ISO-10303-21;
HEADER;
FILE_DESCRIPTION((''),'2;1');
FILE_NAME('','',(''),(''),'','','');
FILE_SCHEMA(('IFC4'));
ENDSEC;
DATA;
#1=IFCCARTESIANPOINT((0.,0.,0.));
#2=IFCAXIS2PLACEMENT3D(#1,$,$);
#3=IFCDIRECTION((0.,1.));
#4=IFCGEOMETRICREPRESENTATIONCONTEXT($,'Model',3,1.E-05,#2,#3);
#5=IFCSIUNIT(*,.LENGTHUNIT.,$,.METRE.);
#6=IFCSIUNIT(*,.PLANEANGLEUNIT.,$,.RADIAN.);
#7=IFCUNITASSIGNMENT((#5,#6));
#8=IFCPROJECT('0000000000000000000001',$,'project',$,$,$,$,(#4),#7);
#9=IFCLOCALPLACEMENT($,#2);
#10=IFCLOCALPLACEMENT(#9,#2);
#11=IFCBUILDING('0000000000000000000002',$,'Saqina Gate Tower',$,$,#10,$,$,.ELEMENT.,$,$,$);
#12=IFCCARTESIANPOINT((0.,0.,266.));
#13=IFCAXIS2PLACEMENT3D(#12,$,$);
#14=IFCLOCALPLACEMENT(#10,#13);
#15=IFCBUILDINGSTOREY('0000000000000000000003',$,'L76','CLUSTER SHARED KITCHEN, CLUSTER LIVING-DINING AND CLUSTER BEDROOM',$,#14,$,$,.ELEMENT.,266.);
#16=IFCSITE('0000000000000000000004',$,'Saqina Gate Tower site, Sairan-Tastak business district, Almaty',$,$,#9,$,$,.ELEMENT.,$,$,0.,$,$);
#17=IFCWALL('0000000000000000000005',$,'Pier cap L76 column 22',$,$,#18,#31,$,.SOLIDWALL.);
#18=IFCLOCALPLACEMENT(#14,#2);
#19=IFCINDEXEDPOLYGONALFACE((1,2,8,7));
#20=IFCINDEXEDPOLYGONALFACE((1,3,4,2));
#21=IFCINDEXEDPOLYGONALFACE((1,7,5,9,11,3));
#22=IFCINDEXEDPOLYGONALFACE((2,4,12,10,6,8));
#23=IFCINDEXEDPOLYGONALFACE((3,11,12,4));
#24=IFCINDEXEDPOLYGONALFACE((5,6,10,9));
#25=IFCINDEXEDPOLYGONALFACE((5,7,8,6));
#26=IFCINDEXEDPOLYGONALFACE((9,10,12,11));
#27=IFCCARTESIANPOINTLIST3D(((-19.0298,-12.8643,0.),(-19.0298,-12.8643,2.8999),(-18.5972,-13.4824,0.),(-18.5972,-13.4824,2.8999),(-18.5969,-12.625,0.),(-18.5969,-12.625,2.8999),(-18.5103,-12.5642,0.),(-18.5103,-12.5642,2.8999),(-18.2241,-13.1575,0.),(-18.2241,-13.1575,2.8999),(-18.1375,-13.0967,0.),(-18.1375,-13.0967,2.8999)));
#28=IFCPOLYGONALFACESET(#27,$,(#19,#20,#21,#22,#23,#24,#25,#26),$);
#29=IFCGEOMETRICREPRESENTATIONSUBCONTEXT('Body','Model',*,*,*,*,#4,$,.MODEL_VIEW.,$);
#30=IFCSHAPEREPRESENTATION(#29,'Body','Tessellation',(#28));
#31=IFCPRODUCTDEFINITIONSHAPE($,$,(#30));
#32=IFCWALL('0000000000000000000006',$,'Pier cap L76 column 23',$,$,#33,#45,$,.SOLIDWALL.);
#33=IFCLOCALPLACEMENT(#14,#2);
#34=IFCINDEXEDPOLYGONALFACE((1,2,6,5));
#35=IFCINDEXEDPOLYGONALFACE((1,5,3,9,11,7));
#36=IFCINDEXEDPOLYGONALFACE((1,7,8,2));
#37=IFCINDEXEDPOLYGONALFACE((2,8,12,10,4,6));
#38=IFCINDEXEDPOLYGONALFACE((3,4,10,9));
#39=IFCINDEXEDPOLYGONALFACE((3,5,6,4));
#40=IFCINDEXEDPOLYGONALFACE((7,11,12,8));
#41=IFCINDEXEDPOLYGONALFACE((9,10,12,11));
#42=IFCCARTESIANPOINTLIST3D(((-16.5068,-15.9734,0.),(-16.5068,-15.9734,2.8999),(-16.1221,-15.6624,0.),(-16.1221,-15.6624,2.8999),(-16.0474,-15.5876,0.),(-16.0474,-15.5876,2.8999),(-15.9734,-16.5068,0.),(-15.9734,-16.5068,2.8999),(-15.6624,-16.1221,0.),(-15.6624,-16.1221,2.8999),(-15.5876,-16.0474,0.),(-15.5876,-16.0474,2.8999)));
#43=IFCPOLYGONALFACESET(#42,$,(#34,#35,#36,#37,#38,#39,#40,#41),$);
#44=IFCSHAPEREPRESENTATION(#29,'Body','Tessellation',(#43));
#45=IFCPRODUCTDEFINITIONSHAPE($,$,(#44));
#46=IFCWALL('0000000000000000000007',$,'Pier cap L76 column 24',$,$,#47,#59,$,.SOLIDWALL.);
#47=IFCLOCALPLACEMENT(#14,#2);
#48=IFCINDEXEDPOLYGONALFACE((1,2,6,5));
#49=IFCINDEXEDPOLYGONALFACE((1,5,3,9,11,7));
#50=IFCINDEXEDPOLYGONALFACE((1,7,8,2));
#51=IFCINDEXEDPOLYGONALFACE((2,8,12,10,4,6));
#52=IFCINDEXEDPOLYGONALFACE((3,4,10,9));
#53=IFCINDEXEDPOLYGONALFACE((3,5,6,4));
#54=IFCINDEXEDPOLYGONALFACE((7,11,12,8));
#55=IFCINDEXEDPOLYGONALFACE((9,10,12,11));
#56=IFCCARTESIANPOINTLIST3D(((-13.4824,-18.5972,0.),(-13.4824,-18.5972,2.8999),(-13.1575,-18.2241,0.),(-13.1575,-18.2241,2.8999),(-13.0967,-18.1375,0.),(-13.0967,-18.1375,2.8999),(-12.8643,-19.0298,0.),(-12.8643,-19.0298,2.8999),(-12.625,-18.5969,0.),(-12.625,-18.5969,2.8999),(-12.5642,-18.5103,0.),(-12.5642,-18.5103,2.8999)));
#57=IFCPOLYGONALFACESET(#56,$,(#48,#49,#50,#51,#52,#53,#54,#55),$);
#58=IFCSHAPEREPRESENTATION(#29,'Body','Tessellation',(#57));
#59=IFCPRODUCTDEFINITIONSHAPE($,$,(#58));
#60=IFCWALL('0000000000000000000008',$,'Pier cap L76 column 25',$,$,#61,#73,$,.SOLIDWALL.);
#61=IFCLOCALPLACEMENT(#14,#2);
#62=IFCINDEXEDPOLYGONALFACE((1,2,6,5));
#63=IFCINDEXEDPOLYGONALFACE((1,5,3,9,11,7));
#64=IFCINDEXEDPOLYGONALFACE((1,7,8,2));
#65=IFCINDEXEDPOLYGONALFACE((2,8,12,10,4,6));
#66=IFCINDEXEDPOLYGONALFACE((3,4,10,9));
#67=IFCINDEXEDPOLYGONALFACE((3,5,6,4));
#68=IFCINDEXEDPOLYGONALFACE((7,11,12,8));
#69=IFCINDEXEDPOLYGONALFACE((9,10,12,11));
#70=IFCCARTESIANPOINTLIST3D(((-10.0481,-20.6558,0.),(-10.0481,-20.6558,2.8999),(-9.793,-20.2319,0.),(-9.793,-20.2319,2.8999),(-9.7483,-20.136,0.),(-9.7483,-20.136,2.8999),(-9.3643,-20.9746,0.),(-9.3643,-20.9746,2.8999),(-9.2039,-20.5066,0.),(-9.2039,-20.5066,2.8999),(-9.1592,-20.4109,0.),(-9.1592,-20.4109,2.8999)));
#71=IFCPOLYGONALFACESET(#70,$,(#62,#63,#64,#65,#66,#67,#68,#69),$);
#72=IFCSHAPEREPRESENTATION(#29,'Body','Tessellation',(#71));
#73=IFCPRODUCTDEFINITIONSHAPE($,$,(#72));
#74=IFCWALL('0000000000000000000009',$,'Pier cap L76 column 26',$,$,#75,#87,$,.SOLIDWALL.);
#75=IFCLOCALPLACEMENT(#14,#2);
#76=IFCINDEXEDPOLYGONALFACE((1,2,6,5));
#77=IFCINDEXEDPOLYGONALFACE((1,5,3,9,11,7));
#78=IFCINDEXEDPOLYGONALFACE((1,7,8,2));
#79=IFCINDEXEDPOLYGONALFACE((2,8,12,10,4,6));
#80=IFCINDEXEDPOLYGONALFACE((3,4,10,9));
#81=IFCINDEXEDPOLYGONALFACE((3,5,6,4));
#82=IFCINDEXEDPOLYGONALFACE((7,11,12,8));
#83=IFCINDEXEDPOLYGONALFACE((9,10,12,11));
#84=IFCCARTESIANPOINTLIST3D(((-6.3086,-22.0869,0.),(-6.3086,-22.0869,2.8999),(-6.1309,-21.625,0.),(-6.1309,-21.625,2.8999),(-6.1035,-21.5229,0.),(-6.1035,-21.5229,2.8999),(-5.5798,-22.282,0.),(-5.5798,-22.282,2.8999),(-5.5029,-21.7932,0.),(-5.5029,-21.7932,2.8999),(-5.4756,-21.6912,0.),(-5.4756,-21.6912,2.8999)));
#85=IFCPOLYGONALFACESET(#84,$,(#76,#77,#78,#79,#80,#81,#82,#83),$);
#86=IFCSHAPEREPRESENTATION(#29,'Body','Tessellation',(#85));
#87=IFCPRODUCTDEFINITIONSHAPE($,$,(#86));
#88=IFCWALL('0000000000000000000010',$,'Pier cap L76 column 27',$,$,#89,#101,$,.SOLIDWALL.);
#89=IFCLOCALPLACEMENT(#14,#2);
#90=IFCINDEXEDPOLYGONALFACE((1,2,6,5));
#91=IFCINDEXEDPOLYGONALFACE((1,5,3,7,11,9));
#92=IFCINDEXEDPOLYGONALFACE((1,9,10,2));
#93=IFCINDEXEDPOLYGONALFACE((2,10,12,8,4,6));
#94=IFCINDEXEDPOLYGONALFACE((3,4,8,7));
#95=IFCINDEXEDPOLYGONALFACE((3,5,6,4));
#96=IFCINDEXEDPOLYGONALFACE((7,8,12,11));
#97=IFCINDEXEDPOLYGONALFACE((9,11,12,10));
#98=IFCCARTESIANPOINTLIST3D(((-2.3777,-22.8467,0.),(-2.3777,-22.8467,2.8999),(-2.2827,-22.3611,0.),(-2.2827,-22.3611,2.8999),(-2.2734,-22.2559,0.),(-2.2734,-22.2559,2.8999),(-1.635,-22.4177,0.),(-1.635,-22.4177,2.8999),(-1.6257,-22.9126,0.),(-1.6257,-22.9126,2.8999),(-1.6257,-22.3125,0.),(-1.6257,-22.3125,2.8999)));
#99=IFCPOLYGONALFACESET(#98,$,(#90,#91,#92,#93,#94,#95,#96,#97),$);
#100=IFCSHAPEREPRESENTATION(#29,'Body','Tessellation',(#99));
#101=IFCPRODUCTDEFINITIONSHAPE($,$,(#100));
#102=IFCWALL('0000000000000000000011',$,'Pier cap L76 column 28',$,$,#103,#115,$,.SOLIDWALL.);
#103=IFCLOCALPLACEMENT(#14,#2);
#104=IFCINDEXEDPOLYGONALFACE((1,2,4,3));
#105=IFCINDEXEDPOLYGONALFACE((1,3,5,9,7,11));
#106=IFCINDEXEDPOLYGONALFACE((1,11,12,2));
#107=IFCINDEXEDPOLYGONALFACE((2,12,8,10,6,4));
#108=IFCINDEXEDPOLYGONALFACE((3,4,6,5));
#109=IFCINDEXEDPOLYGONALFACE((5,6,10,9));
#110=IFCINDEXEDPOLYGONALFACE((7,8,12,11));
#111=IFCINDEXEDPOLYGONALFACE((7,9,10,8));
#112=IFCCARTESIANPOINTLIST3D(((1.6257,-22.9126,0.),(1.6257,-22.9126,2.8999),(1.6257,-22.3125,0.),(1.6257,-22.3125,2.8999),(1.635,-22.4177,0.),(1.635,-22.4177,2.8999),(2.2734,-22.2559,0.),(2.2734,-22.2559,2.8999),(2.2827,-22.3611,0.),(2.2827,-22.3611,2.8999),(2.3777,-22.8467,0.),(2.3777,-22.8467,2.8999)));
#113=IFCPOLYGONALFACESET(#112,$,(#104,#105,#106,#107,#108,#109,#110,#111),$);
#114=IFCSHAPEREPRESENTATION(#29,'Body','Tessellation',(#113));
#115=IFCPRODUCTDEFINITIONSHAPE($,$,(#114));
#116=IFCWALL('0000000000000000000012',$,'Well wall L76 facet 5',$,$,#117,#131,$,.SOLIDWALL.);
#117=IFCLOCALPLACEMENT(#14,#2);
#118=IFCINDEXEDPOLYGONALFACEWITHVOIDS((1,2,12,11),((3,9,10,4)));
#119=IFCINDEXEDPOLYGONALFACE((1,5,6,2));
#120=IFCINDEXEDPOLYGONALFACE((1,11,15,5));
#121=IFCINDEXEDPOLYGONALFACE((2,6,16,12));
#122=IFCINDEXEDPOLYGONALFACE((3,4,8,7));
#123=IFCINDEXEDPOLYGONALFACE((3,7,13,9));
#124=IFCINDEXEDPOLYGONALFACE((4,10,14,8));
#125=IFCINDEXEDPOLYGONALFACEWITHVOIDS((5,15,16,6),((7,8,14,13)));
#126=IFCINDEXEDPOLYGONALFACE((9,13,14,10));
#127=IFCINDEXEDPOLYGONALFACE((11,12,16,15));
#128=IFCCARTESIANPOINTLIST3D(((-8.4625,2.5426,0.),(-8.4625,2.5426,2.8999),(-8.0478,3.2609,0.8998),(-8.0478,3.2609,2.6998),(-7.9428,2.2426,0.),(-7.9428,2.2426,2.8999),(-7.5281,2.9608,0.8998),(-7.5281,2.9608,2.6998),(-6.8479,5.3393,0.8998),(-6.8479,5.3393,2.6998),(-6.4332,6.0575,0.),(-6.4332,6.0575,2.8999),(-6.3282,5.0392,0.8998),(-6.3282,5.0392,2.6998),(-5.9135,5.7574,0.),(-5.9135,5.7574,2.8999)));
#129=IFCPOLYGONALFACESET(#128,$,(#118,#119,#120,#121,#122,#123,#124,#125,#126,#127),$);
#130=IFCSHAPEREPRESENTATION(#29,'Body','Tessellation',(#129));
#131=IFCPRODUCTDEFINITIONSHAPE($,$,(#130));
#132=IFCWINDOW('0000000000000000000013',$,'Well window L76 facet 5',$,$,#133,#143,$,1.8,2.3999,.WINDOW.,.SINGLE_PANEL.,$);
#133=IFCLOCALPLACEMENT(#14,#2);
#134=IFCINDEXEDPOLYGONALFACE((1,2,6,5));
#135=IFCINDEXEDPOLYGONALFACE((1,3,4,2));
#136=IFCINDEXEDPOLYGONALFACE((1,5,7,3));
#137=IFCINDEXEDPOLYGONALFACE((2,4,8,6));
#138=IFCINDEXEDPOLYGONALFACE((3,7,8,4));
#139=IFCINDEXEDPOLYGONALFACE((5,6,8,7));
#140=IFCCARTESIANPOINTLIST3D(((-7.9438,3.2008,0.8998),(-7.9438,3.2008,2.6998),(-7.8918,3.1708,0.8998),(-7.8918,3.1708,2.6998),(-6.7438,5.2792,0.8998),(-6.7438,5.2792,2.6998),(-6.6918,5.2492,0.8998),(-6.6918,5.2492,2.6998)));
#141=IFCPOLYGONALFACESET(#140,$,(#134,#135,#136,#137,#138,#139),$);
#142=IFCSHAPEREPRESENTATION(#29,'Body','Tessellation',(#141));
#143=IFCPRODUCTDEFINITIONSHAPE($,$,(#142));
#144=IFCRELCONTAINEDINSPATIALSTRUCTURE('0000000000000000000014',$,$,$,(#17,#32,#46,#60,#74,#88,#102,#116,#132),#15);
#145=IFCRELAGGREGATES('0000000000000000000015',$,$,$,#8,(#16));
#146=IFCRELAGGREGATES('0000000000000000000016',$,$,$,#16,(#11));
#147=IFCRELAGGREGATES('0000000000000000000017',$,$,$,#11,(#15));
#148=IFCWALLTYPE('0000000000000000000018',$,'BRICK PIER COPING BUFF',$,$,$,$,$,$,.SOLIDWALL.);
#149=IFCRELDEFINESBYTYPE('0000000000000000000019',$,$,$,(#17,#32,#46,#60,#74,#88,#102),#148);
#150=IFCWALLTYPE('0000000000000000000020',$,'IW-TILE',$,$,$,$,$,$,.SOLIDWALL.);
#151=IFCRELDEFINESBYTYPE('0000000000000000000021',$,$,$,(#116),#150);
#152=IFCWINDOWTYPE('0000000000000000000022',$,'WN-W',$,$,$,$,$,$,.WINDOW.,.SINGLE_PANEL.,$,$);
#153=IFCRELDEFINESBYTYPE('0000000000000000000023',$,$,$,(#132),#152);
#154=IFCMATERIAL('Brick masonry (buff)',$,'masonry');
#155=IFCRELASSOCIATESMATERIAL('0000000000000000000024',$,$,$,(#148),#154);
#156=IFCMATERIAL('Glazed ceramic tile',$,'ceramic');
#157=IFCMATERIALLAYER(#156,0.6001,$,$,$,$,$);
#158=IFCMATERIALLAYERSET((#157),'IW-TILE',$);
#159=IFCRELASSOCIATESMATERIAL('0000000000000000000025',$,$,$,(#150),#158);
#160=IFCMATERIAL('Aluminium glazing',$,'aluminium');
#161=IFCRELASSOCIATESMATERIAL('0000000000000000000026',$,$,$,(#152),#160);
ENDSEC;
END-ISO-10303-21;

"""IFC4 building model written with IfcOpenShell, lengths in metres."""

from ifc_helpers import new_model, si_unit, direction, frame, frame_2d, origin, place, context, subcontext, project, spatial, polyline, rectangle, outline, extrude, material, layer, layer_set, type_object, element, fill, save


model = new_model("IFC4")

# Units and contexts
model_context = context("Model", 3, precision=1e-05, world=origin(), true_north=direction((0.0, 1.0)))
body_context = subcontext(model_context, "Body", "Model", "MODEL_VIEW")
ifc_project = project(units=[si_unit("LENGTHUNIT", "METRE"), si_unit("PLANEANGLEUNIT", "RADIAN")], contexts=[model_context])

# Site, building, storey
site_placement = place(None, origin())
site = spatial("IfcSite", under=ifc_project, at=site_placement, Name="Saqina Gate Tower site, Sairan-Tastak business district, Almaty", CompositionType="ELEMENT", RefElevation=0.0)
building_placement = place(site_placement, origin())
building = spatial("IfcBuilding", under=site, at=building_placement, Name="Saqina Gate Tower", CompositionType="ELEMENT")
storey_placement = place(building_placement, frame((0.0, 0.0, 266.0)))
storey = spatial("IfcBuildingStorey", under=building, at=storey_placement, Name="L76", Description="CLUSTER SHARED KITCHEN, CLUSTER LIVING-DINING AND CLUSTER BEDROOM", CompositionType="ELEMENT", Elevation=266.0)

# Walls
ifc_material_1 = material(Name="Brick masonry (buff)", Category="masonry")
wall_type_1 = type_object("IfcWallType", Name="BRICK PIER COPING BUFF", PredefinedType="SOLIDWALL", material=ifc_material_1)
wall_1_placement = place(storey_placement, origin())
element("IfcWall", 1, at=wall_1_placement, inside=storey, type_object=wall_type_1, Name="Pier cap L76 column 22", PredefinedType="SOLIDWALL", context=body_context, shape_type="SweptSolid", body=[
    extrude(outline(polyline([(-19.0298, -12.8643), (-18.5972, -13.4824), (-18.1375, -13.0967), (-18.2241, -13.1575), (-18.5969, -12.625), (-18.5103, -12.5642), (-19.0298, -12.8643)])), origin(), (0.0, 0.0, 1.0), 2.8999),
])
wall_2_placement = place(storey_placement, origin())
element("IfcWall", 2, at=wall_2_placement, inside=storey, type_object=wall_type_1, Name="Pier cap L76 column 23", PredefinedType="SOLIDWALL", context=body_context, shape_type="SweptSolid", body=[
    extrude(outline(polyline([(-15.9734, -16.5068), (-15.5876, -16.0474), (-15.6624, -16.1221), (-16.1221, -15.6624), (-16.0474, -15.5876), (-16.5068, -15.9734), (-15.9734, -16.5068)])), origin(), (0.0, 0.0, 1.0), 2.8999),
])
wall_3_placement = place(storey_placement, origin())
element("IfcWall", 3, at=wall_3_placement, inside=storey, type_object=wall_type_1, Name="Pier cap L76 column 24", PredefinedType="SOLIDWALL", context=body_context, shape_type="SweptSolid", body=[
    extrude(outline(polyline([(-12.8643, -19.0298), (-12.5642, -18.5103), (-12.625, -18.5969), (-13.1575, -18.2241), (-13.0967, -18.1375), (-13.4824, -18.5972), (-12.8643, -19.0298)])), origin(), (0.0, 0.0, 1.0), 2.8999),
])
wall_4_placement = place(storey_placement, origin())
element("IfcWall", 4, at=wall_4_placement, inside=storey, type_object=wall_type_1, Name="Pier cap L76 column 25", PredefinedType="SOLIDWALL", context=body_context, shape_type="SweptSolid", body=[
    extrude(outline(polyline([(-10.0481, -20.6558), (-9.3643, -20.9746), (-9.1592, -20.4109), (-9.2039, -20.5066), (-9.793, -20.2319), (-9.7483, -20.136), (-10.0481, -20.6558)])), origin(), (0.0, 0.0, 1.0), 2.8999),
])
wall_5_placement = place(storey_placement, origin())
element("IfcWall", 5, at=wall_5_placement, inside=storey, type_object=wall_type_1, Name="Pier cap L76 column 26", PredefinedType="SOLIDWALL", context=body_context, shape_type="SweptSolid", body=[
    extrude(outline(polyline([(-5.5798, -22.282), (-5.4756, -21.6912), (-5.5029, -21.7932), (-6.1309, -21.625), (-6.1035, -21.5229), (-6.3086, -22.0869), (-5.5798, -22.282)])), origin(), (0.0, 0.0, 1.0), 2.8999),
])
wall_6_placement = place(storey_placement, origin())
element("IfcWall", 6, at=wall_6_placement, inside=storey, type_object=wall_type_1, Name="Pier cap L76 column 27", PredefinedType="SOLIDWALL", context=body_context, shape_type="SweptSolid", body=[
    extrude(outline(polyline([(-2.3777, -22.8467), (-1.6257, -22.9126), (-1.6257, -22.3125), (-1.635, -22.4177), (-2.2827, -22.3611), (-2.2734, -22.2559), (-2.3777, -22.8467)])), origin(), (0.0, 0.0, 1.0), 2.8999),
])
wall_7_placement = place(storey_placement, origin())
element("IfcWall", 7, at=wall_7_placement, inside=storey, type_object=wall_type_1, Name="Pier cap L76 column 28", PredefinedType="SOLIDWALL", context=body_context, shape_type="SweptSolid", body=[
    extrude(outline(polyline([(1.6257, -22.9126), (2.3777, -22.8467), (2.2734, -22.2559), (2.2827, -22.3611), (1.635, -22.4177), (1.6257, -22.3125), (1.6257, -22.9126)])), origin(), (0.0, 0.0, 1.0), 2.8999),
])

# Wall, opening, window
ifc_material_2 = material(Name="Glazed ceramic tile", Category="ceramic")
ifc_layer = layer(ifc_material_2, 0.6001)
ifc_layer_set = layer_set([ifc_layer], Name="IW-TILE")
wall_type_2 = type_object("IfcWallType", Name="IW-TILE", PredefinedType="SOLIDWALL", material=ifc_layer_set)
wall_8_placement = place(storey_placement, frame((-6.1733, 5.9075, 0.0), z_axis=(0.0, 0.0, 1.0), x_axis=(-0.499995, -0.866028, 0.0)))
wall_8 = element("IfcWall", 8, at=wall_8_placement, inside=storey, type_object=wall_type_2, Name="Well wall L76 facet 5", PredefinedType="SOLIDWALL", context=body_context, shape_type="SweptSolid", body=[
    extrude(rectangle(XDim=4.0586, YDim=0.6001, at=frame_2d((2.0293, 0.0))), origin(), (0.0, 0.0, 1.0), 2.8999),
])
opening_placement = place(wall_8_placement, frame((0.8293, 0.0, 0.8999)))
opening = element("IfcOpeningElement", 9, at=opening_placement, cuts=wall_8, PredefinedType="OPENING", context=body_context, shape_type="SweptSolid", body=[
    extrude(rectangle(XDim=2.3999, YDim=1.8, at=frame_2d((1.2, 0.8999))), frame((0.0, 0.312, 0.0), z_axis=(0.0, -1.0, 0.0), x_axis=(1.0, 0.0, 0.0)), (0.0, 0.0, 1.0), 0.624),
])
ifc_material_3 = material(Name="Aluminium glazing", Category="aluminium")
window_type = type_object("IfcWindowType", Name="WN-W", PartitioningType="SINGLE_PANEL", PredefinedType="WINDOW", material=ifc_material_3)
window_placement = place(opening_placement, origin())
window = element("IfcWindow", 10, at=window_placement, inside=storey, type_object=window_type, Name="Well window L76 facet 5", OverallHeight=1.8, OverallWidth=2.3999, PartitioningType="SINGLE_PANEL", PredefinedType="WINDOW", context=body_context, shape_type="SweptSolid", body=[
    extrude(rectangle(XDim=2.3999, YDim=1.8, at=frame_2d((1.2, 0.8999))), frame((0.0, -0.1199, 0.0), z_axis=(0.0, -1.0, 0.0), x_axis=(1.0, 0.0, 0.0)), (0.0, 0.0, 1.0), 0.0601),
])
fill(opening, window)

save(model, "model.ifc")
